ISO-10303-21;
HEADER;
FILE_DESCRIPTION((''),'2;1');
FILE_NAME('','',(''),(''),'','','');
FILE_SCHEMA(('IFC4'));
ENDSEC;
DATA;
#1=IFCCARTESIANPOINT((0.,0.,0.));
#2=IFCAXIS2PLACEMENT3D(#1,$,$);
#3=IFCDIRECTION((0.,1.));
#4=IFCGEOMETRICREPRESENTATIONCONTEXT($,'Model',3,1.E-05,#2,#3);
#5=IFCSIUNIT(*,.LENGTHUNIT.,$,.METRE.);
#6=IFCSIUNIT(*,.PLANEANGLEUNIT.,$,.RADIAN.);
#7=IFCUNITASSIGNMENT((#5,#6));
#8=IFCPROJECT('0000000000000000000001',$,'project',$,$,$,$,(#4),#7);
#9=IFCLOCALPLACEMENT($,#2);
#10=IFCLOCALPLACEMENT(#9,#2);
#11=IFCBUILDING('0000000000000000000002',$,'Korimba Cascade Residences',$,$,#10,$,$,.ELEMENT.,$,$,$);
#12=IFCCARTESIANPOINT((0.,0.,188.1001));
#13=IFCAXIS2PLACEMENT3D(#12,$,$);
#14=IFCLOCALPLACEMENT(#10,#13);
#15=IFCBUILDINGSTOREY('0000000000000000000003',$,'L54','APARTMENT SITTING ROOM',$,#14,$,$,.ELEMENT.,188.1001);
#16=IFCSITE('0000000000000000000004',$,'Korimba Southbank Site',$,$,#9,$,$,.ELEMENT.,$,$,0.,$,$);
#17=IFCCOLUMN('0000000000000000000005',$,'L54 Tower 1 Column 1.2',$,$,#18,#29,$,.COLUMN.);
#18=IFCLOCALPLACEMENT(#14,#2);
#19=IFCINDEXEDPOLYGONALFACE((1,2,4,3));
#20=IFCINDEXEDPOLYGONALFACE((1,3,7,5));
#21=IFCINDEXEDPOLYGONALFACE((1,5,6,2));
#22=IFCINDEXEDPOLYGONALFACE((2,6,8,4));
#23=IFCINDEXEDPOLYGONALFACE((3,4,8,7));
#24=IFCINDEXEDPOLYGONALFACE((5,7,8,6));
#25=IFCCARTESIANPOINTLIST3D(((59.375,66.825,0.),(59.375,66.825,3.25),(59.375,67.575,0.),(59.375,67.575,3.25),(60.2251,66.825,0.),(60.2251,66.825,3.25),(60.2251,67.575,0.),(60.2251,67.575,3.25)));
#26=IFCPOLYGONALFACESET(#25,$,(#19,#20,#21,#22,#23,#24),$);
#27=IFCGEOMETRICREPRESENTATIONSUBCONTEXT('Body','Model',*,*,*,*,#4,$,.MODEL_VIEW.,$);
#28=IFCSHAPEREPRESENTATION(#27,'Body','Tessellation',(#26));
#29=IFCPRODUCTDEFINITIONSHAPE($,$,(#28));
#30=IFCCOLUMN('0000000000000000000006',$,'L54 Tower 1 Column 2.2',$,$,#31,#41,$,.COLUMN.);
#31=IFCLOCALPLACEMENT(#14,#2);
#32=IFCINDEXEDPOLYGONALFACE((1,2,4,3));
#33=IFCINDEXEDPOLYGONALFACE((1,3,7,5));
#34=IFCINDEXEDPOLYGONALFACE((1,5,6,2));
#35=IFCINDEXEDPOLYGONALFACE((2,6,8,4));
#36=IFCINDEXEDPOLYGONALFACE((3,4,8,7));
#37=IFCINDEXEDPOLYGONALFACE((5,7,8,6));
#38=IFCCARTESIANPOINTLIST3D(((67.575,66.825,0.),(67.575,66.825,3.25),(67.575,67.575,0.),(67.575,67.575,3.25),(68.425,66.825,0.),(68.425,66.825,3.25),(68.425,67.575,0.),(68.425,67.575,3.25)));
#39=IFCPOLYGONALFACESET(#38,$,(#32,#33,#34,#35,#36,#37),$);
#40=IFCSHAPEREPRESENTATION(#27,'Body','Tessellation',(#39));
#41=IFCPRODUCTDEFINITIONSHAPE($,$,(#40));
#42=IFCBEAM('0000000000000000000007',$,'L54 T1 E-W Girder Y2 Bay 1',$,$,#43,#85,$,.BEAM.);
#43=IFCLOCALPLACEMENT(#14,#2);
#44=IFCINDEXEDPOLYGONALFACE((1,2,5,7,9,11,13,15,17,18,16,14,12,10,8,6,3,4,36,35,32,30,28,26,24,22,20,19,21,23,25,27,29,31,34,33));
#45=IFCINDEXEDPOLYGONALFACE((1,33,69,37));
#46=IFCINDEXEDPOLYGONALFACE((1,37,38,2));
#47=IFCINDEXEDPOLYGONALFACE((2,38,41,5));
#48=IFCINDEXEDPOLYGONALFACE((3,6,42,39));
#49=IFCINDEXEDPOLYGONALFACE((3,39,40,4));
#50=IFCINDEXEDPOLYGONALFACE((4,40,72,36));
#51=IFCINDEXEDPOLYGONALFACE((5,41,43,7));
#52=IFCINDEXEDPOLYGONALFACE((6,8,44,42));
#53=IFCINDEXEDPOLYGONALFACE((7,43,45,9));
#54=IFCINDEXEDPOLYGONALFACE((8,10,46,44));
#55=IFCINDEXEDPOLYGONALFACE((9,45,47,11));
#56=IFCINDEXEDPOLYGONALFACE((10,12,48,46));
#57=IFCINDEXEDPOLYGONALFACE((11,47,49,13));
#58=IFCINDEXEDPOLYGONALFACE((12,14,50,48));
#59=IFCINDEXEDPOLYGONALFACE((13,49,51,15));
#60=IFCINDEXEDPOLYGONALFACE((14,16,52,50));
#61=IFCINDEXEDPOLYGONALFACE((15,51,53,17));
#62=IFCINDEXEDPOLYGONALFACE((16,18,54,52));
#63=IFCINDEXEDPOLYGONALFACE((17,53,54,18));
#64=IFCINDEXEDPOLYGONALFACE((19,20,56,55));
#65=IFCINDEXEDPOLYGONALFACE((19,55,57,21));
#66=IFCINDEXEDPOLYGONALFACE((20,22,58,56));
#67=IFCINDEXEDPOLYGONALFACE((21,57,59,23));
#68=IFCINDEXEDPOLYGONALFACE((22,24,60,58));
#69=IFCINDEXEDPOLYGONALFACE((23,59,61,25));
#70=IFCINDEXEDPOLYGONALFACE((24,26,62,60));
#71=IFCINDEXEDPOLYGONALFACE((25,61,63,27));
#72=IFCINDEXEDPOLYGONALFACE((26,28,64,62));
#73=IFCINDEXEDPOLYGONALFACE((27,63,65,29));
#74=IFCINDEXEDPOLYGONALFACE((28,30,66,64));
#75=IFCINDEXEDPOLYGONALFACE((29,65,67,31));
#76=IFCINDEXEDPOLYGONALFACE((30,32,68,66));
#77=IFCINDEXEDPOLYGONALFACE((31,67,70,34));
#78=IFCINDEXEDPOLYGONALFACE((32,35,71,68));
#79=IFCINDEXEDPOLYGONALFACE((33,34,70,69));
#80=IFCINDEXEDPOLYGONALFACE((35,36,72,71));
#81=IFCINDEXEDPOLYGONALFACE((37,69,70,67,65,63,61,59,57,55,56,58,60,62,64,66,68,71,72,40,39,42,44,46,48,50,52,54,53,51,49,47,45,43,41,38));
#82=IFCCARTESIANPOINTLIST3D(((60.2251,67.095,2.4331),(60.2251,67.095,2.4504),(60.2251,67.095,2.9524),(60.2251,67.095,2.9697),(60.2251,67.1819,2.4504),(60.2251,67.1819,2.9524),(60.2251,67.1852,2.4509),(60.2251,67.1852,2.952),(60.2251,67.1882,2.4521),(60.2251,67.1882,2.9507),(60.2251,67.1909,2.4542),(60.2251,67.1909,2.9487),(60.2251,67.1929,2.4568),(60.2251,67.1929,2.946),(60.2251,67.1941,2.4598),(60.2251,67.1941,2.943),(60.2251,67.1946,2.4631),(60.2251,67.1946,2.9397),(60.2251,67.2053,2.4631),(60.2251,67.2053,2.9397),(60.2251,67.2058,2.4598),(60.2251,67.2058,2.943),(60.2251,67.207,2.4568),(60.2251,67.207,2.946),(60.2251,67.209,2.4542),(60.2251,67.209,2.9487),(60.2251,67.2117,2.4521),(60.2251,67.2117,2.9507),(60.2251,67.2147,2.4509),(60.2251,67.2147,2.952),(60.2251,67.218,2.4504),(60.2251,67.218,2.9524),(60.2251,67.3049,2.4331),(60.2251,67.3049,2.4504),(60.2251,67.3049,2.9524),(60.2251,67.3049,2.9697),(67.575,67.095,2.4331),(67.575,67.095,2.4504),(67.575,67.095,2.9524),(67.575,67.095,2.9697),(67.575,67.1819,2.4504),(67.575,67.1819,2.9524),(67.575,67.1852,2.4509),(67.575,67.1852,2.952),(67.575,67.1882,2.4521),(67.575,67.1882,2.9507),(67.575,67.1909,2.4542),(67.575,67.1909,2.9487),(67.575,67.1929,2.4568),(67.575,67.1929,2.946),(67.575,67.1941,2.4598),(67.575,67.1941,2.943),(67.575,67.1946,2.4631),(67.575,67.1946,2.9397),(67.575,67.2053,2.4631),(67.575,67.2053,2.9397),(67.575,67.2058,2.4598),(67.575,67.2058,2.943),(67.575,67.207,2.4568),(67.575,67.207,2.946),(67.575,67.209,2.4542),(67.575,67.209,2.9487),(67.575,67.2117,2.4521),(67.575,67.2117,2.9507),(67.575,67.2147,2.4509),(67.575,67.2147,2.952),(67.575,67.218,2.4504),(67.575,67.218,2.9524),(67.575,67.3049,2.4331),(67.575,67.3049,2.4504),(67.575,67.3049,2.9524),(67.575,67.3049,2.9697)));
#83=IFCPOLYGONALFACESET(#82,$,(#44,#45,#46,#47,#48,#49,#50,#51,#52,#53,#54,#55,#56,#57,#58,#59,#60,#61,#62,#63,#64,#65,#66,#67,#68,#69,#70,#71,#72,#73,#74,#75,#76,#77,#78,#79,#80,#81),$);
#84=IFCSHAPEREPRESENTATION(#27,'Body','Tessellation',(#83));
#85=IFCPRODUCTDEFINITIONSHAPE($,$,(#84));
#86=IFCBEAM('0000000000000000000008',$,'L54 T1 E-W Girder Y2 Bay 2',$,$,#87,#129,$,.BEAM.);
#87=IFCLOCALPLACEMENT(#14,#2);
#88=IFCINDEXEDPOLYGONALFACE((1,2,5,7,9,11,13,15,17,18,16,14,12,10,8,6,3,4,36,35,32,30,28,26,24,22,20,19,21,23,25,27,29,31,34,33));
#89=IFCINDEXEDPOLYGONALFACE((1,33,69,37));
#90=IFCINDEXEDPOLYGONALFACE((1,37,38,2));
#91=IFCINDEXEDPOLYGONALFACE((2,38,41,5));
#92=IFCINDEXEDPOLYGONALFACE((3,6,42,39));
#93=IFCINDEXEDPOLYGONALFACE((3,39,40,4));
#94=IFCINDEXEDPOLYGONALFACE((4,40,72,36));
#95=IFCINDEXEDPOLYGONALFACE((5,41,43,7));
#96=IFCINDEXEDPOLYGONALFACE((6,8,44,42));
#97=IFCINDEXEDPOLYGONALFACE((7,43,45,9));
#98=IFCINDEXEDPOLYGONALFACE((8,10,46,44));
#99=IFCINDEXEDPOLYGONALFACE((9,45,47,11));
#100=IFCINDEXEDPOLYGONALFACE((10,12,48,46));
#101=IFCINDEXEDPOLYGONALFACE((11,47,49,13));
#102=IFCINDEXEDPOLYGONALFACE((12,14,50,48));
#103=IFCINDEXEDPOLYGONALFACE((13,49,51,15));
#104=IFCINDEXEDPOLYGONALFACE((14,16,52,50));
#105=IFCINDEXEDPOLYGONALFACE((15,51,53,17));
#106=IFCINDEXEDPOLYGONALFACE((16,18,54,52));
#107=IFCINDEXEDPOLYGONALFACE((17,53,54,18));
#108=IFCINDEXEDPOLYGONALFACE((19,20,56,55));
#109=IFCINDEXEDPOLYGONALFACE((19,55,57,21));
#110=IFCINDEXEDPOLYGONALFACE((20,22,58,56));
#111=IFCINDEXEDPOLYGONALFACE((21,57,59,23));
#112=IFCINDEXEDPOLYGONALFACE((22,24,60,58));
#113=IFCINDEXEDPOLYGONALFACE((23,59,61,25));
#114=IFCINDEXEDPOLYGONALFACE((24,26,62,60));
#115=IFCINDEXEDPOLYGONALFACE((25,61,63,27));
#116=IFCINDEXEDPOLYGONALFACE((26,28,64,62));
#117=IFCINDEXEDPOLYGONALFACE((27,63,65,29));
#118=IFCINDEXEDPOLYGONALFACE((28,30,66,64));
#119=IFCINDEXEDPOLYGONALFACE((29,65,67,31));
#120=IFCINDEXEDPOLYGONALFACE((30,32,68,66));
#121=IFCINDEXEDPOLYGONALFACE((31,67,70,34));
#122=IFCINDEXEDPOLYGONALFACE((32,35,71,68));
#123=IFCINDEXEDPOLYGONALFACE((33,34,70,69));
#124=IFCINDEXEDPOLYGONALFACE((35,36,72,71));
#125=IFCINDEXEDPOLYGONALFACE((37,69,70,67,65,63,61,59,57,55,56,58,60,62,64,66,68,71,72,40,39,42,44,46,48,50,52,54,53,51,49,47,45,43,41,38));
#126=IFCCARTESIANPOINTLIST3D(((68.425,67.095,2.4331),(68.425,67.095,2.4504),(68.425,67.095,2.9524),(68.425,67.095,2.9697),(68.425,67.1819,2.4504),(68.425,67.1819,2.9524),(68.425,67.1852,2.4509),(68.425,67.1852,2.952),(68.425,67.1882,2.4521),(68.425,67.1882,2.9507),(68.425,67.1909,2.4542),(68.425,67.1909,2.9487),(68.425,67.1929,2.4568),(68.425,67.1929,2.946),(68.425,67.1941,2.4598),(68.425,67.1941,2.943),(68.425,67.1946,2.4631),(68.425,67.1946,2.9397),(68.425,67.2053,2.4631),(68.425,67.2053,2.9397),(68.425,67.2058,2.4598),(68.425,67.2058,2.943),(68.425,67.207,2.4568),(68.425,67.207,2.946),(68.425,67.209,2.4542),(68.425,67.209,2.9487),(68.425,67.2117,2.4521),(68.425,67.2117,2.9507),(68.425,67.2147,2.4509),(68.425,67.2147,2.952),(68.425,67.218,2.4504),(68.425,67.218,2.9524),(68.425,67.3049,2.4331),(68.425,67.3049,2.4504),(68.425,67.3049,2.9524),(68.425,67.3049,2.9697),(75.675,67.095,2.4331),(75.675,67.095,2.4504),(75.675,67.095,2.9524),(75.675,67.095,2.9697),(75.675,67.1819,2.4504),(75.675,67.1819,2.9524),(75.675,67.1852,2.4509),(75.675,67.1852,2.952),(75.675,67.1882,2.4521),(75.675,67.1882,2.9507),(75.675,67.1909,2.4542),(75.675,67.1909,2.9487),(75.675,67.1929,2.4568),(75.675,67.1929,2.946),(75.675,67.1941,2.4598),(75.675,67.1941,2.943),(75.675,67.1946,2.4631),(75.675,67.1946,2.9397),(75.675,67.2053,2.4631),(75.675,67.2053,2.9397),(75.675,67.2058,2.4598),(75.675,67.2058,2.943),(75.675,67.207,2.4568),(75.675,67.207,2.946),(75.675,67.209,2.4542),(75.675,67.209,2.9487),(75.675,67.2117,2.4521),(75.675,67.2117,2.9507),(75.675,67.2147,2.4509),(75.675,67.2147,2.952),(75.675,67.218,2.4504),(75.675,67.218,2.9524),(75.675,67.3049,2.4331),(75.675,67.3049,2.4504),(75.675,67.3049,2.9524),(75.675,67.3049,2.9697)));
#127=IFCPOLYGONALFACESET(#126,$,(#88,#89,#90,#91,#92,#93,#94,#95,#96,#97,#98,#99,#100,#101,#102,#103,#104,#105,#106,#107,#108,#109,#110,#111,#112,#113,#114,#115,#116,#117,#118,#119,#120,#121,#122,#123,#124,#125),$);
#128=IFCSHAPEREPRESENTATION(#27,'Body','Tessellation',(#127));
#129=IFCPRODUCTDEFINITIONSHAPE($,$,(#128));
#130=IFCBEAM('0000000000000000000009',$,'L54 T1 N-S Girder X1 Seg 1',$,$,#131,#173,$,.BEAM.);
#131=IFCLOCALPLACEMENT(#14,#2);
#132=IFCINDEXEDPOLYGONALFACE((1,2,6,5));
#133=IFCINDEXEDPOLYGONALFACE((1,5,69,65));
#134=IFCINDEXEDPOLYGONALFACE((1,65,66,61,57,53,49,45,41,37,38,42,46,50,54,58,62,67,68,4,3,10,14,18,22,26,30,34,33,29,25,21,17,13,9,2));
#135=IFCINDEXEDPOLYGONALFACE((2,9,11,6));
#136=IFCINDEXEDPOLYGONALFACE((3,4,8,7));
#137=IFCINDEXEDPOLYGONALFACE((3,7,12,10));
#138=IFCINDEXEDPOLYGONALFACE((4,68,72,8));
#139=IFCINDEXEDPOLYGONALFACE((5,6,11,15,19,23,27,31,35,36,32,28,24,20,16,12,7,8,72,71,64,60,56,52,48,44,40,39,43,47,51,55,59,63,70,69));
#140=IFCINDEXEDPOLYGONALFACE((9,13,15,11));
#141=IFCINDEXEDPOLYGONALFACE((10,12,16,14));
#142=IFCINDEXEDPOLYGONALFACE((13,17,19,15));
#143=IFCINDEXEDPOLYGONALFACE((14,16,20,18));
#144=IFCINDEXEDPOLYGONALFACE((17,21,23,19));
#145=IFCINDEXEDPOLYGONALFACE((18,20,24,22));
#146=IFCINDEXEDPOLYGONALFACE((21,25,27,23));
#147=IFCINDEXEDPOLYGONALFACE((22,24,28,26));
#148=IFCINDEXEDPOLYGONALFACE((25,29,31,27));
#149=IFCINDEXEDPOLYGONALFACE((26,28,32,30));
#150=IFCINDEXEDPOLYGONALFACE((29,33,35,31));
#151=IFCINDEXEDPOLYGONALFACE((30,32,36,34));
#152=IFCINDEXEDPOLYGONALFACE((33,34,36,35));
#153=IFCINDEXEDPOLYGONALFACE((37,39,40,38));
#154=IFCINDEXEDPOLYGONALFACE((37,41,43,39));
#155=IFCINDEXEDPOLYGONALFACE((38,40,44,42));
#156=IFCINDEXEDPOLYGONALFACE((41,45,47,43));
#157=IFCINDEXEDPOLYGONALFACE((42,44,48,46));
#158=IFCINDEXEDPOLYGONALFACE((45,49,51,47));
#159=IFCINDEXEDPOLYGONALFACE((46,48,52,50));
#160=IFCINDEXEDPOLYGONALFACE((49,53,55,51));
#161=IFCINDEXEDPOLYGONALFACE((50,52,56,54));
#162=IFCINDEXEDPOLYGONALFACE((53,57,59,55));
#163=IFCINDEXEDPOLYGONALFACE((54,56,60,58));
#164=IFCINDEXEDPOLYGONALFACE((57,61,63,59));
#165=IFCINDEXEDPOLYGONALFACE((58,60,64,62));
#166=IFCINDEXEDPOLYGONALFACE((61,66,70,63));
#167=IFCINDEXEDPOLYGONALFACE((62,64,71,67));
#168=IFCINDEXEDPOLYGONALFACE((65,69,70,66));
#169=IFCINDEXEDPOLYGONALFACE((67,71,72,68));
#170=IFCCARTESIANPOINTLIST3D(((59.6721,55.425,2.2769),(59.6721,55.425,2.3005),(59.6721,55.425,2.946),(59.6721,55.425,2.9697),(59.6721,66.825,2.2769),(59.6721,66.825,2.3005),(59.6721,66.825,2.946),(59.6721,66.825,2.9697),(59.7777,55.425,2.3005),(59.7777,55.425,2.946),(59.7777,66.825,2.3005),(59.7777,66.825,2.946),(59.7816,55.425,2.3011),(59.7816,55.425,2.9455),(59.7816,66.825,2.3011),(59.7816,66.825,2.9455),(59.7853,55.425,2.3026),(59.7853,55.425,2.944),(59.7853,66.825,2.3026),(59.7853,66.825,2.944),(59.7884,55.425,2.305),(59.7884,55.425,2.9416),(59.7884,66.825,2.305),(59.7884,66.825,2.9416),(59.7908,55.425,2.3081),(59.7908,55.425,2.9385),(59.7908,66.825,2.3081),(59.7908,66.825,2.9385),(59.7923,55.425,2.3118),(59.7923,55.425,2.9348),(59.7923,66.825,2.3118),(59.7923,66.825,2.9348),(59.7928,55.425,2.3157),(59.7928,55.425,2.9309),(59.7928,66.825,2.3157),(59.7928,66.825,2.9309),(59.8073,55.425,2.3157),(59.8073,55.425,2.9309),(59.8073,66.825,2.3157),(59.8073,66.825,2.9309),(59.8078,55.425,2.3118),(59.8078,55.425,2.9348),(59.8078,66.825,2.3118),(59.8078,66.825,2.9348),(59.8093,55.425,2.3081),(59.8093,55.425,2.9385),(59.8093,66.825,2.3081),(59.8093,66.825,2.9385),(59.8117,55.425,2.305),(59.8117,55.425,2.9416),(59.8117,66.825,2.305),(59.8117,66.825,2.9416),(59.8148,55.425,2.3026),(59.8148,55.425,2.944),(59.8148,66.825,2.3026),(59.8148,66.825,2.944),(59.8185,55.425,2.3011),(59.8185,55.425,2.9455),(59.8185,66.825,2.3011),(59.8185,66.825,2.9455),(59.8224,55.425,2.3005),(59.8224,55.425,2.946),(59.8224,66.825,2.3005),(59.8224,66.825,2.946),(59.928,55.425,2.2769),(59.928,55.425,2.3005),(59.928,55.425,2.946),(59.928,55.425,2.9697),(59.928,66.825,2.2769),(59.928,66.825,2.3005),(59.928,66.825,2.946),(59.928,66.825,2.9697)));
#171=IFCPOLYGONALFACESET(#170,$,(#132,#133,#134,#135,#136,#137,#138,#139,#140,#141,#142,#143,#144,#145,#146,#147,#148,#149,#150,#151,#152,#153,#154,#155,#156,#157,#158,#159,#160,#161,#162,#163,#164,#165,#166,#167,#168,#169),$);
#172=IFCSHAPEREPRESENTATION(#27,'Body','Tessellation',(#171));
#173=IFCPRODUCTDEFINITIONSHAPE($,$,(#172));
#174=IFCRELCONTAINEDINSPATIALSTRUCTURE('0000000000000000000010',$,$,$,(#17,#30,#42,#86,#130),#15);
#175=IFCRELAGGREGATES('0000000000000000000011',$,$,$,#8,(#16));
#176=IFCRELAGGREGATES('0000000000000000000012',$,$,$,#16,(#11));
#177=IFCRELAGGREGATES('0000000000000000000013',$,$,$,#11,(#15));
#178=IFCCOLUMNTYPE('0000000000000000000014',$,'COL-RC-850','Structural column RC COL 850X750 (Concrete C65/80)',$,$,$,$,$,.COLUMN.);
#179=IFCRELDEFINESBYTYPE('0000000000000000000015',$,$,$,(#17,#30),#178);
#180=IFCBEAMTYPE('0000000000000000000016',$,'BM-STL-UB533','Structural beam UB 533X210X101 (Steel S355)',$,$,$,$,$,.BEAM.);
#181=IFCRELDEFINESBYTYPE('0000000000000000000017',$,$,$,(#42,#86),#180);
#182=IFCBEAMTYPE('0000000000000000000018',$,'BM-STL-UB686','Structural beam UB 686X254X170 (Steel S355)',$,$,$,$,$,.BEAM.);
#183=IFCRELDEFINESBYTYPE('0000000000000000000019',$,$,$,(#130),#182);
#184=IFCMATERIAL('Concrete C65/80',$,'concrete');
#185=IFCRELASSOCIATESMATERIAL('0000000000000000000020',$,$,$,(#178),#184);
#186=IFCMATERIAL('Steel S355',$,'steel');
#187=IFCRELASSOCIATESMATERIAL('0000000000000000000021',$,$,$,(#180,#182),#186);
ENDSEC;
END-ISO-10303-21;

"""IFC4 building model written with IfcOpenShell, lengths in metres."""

from ifc_helpers import new_model, si_unit, direction, frame, origin, origin_2d, place, context, subcontext, project, spatial, rectangle, i_section, extrude, material, material_profile, profile_set, type_object, element, save


model = new_model("IFC4")

# Units and contexts
model_context = context("Model", 3, precision=1e-05, world=origin(), true_north=direction((0.0, 1.0)))
body_context = subcontext(model_context, "Body", "Model", "MODEL_VIEW")
ifc_project = project(units=[si_unit("LENGTHUNIT", "METRE"), si_unit("PLANEANGLEUNIT", "RADIAN")], contexts=[model_context])

# Site, building, storey
site_placement = place(None, origin())
site = spatial("IfcSite", under=ifc_project, at=site_placement, Name="Korimba Southbank Site", CompositionType="ELEMENT", RefElevation=0.0)
building_placement = place(site_placement, origin())
building = spatial("IfcBuilding", under=site, at=building_placement, Name="Korimba Cascade Residences", CompositionType="ELEMENT")
storey_placement = place(building_placement, frame((0.0, 0.0, 188.1001)))
storey = spatial("IfcBuildingStorey", under=building, at=storey_placement, Name="L54", Description="APARTMENT SITTING ROOM", CompositionType="ELEMENT", Elevation=188.1001)

# Columns
ifc_material_1 = material(Name="Concrete C65/80", Category="concrete")
ifc_material_profile_1 = material_profile(ifc_material_1, rectangle(XDim=0.8501, YDim=0.75, at=origin_2d()), Name="Concrete C65/80")
ifc_profile_set_1 = profile_set([ifc_material_profile_1], Name="Concrete C65/80")
column_type = type_object("IfcColumnType", Name="COL-RC-850", Description="Structural column RC COL 850X750 (Concrete C65/80)", PredefinedType="COLUMN", material=ifc_profile_set_1)
for number, where, z_axis, x_axis, name in (
    (1, (59.8, 67.2, 0.0), (0.0, 0.0, 1.0), (1.0, 0.0, 0.0), "L54 Tower 1 Column 1.2"),
    (2, (68.0, 67.2, 0.0), (0.0, 0.0, 1.0), (1.0, 0.0, 0.0), "L54 Tower 1 Column 2.2"),
):
    element("IfcColumn", number, at=place(storey_placement, frame(where, z_axis=z_axis, x_axis=x_axis)), inside=storey, type_object=column_type, Name=name, PredefinedType="COLUMN", context=body_context, shape_type="SweptSolid", body=[
        extrude(rectangle(XDim=0.8501, YDim=0.75, at=origin_2d()), origin(), (0.0, 0.0, 1.0), 3.25),
    ])

# Beams
ifc_material_2 = material(Name="Steel S355", Category="steel")
ifc_material_profile_2 = material_profile(ifc_material_2, i_section(OverallWidth=0.21, OverallDepth=0.5366, WebThickness=0.0107, FlangeThickness=0.0173, FilletRadius=0.0127, at=origin_2d()), Name="Steel S355")
ifc_profile_set_2 = profile_set([ifc_material_profile_2], Name="Steel S355")
beam_type_1 = type_object("IfcBeamType", Name="BM-STL-UB533", Description="Structural beam UB 533X210X101 (Steel S355)", PredefinedType="BEAM", material=ifc_profile_set_2)
beam_1_placement = place(storey_placement, frame((60.2251, 67.2, 2.7014), z_axis=(1.0, 0.0, 0.0), x_axis=(0.0, 1.0, 0.0)))
element("IfcBeam", 3, at=beam_1_placement, inside=storey, type_object=beam_type_1, Name="L54 T1 E-W Girder Y2 Bay 1", PredefinedType="BEAM", context=body_context, shape_type="SweptSolid", body=[
    extrude(i_section(OverallWidth=0.21, OverallDepth=0.5366, WebThickness=0.0107, FlangeThickness=0.0173, FilletRadius=0.0127, at=origin_2d()), origin(), (0.0, 0.0, 1.0), 7.3499),
])
beam_2_placement = place(storey_placement, frame((68.425, 67.2, 2.7014), z_axis=(1.0, 0.0, 0.0), x_axis=(0.0, 1.0, 0.0)))
element("IfcBeam", 4, at=beam_2_placement, inside=storey, type_object=beam_type_1, Name="L54 T1 E-W Girder Y2 Bay 2", PredefinedType="BEAM", context=body_context, shape_type="SweptSolid", body=[
    extrude(i_section(OverallWidth=0.21, OverallDepth=0.5366, WebThickness=0.0107, FlangeThickness=0.0173, FilletRadius=0.0127, at=origin_2d()), origin(), (0.0, 0.0, 1.0), 7.25),
])
ifc_material_profile_3 = material_profile(ifc_material_2, i_section(OverallWidth=0.2559, OverallDepth=0.6929, WebThickness=0.0144, FlangeThickness=0.0237, FilletRadius=0.0151, at=origin_2d()), Name="Steel S355")
ifc_profile_set_3 = profile_set([ifc_material_profile_3], Name="Steel S355")
beam_type_2 = type_object("IfcBeamType", Name="BM-STL-UB686", Description="Structural beam UB 686X254X170 (Steel S355)", PredefinedType="BEAM", material=ifc_profile_set_3)
beam_3_placement = place(storey_placement, frame((59.8, 55.425, 2.6233), z_axis=(0.0, 1.0, 0.0), x_axis=(-1.0, 0.0, 0.0)))
element("IfcBeam", 5, at=beam_3_placement, inside=storey, type_object=beam_type_2, Name="L54 T1 N-S Girder X1 Seg 1", PredefinedType="BEAM", context=body_context, shape_type="SweptSolid", body=[
    extrude(i_section(OverallWidth=0.2559, OverallDepth=0.6929, WebThickness=0.0144, FlangeThickness=0.0237, FilletRadius=0.0151, at=origin_2d()), origin(), (0.0, 0.0, 1.0), 11.3999),
])

save(model, "model.ifc")
